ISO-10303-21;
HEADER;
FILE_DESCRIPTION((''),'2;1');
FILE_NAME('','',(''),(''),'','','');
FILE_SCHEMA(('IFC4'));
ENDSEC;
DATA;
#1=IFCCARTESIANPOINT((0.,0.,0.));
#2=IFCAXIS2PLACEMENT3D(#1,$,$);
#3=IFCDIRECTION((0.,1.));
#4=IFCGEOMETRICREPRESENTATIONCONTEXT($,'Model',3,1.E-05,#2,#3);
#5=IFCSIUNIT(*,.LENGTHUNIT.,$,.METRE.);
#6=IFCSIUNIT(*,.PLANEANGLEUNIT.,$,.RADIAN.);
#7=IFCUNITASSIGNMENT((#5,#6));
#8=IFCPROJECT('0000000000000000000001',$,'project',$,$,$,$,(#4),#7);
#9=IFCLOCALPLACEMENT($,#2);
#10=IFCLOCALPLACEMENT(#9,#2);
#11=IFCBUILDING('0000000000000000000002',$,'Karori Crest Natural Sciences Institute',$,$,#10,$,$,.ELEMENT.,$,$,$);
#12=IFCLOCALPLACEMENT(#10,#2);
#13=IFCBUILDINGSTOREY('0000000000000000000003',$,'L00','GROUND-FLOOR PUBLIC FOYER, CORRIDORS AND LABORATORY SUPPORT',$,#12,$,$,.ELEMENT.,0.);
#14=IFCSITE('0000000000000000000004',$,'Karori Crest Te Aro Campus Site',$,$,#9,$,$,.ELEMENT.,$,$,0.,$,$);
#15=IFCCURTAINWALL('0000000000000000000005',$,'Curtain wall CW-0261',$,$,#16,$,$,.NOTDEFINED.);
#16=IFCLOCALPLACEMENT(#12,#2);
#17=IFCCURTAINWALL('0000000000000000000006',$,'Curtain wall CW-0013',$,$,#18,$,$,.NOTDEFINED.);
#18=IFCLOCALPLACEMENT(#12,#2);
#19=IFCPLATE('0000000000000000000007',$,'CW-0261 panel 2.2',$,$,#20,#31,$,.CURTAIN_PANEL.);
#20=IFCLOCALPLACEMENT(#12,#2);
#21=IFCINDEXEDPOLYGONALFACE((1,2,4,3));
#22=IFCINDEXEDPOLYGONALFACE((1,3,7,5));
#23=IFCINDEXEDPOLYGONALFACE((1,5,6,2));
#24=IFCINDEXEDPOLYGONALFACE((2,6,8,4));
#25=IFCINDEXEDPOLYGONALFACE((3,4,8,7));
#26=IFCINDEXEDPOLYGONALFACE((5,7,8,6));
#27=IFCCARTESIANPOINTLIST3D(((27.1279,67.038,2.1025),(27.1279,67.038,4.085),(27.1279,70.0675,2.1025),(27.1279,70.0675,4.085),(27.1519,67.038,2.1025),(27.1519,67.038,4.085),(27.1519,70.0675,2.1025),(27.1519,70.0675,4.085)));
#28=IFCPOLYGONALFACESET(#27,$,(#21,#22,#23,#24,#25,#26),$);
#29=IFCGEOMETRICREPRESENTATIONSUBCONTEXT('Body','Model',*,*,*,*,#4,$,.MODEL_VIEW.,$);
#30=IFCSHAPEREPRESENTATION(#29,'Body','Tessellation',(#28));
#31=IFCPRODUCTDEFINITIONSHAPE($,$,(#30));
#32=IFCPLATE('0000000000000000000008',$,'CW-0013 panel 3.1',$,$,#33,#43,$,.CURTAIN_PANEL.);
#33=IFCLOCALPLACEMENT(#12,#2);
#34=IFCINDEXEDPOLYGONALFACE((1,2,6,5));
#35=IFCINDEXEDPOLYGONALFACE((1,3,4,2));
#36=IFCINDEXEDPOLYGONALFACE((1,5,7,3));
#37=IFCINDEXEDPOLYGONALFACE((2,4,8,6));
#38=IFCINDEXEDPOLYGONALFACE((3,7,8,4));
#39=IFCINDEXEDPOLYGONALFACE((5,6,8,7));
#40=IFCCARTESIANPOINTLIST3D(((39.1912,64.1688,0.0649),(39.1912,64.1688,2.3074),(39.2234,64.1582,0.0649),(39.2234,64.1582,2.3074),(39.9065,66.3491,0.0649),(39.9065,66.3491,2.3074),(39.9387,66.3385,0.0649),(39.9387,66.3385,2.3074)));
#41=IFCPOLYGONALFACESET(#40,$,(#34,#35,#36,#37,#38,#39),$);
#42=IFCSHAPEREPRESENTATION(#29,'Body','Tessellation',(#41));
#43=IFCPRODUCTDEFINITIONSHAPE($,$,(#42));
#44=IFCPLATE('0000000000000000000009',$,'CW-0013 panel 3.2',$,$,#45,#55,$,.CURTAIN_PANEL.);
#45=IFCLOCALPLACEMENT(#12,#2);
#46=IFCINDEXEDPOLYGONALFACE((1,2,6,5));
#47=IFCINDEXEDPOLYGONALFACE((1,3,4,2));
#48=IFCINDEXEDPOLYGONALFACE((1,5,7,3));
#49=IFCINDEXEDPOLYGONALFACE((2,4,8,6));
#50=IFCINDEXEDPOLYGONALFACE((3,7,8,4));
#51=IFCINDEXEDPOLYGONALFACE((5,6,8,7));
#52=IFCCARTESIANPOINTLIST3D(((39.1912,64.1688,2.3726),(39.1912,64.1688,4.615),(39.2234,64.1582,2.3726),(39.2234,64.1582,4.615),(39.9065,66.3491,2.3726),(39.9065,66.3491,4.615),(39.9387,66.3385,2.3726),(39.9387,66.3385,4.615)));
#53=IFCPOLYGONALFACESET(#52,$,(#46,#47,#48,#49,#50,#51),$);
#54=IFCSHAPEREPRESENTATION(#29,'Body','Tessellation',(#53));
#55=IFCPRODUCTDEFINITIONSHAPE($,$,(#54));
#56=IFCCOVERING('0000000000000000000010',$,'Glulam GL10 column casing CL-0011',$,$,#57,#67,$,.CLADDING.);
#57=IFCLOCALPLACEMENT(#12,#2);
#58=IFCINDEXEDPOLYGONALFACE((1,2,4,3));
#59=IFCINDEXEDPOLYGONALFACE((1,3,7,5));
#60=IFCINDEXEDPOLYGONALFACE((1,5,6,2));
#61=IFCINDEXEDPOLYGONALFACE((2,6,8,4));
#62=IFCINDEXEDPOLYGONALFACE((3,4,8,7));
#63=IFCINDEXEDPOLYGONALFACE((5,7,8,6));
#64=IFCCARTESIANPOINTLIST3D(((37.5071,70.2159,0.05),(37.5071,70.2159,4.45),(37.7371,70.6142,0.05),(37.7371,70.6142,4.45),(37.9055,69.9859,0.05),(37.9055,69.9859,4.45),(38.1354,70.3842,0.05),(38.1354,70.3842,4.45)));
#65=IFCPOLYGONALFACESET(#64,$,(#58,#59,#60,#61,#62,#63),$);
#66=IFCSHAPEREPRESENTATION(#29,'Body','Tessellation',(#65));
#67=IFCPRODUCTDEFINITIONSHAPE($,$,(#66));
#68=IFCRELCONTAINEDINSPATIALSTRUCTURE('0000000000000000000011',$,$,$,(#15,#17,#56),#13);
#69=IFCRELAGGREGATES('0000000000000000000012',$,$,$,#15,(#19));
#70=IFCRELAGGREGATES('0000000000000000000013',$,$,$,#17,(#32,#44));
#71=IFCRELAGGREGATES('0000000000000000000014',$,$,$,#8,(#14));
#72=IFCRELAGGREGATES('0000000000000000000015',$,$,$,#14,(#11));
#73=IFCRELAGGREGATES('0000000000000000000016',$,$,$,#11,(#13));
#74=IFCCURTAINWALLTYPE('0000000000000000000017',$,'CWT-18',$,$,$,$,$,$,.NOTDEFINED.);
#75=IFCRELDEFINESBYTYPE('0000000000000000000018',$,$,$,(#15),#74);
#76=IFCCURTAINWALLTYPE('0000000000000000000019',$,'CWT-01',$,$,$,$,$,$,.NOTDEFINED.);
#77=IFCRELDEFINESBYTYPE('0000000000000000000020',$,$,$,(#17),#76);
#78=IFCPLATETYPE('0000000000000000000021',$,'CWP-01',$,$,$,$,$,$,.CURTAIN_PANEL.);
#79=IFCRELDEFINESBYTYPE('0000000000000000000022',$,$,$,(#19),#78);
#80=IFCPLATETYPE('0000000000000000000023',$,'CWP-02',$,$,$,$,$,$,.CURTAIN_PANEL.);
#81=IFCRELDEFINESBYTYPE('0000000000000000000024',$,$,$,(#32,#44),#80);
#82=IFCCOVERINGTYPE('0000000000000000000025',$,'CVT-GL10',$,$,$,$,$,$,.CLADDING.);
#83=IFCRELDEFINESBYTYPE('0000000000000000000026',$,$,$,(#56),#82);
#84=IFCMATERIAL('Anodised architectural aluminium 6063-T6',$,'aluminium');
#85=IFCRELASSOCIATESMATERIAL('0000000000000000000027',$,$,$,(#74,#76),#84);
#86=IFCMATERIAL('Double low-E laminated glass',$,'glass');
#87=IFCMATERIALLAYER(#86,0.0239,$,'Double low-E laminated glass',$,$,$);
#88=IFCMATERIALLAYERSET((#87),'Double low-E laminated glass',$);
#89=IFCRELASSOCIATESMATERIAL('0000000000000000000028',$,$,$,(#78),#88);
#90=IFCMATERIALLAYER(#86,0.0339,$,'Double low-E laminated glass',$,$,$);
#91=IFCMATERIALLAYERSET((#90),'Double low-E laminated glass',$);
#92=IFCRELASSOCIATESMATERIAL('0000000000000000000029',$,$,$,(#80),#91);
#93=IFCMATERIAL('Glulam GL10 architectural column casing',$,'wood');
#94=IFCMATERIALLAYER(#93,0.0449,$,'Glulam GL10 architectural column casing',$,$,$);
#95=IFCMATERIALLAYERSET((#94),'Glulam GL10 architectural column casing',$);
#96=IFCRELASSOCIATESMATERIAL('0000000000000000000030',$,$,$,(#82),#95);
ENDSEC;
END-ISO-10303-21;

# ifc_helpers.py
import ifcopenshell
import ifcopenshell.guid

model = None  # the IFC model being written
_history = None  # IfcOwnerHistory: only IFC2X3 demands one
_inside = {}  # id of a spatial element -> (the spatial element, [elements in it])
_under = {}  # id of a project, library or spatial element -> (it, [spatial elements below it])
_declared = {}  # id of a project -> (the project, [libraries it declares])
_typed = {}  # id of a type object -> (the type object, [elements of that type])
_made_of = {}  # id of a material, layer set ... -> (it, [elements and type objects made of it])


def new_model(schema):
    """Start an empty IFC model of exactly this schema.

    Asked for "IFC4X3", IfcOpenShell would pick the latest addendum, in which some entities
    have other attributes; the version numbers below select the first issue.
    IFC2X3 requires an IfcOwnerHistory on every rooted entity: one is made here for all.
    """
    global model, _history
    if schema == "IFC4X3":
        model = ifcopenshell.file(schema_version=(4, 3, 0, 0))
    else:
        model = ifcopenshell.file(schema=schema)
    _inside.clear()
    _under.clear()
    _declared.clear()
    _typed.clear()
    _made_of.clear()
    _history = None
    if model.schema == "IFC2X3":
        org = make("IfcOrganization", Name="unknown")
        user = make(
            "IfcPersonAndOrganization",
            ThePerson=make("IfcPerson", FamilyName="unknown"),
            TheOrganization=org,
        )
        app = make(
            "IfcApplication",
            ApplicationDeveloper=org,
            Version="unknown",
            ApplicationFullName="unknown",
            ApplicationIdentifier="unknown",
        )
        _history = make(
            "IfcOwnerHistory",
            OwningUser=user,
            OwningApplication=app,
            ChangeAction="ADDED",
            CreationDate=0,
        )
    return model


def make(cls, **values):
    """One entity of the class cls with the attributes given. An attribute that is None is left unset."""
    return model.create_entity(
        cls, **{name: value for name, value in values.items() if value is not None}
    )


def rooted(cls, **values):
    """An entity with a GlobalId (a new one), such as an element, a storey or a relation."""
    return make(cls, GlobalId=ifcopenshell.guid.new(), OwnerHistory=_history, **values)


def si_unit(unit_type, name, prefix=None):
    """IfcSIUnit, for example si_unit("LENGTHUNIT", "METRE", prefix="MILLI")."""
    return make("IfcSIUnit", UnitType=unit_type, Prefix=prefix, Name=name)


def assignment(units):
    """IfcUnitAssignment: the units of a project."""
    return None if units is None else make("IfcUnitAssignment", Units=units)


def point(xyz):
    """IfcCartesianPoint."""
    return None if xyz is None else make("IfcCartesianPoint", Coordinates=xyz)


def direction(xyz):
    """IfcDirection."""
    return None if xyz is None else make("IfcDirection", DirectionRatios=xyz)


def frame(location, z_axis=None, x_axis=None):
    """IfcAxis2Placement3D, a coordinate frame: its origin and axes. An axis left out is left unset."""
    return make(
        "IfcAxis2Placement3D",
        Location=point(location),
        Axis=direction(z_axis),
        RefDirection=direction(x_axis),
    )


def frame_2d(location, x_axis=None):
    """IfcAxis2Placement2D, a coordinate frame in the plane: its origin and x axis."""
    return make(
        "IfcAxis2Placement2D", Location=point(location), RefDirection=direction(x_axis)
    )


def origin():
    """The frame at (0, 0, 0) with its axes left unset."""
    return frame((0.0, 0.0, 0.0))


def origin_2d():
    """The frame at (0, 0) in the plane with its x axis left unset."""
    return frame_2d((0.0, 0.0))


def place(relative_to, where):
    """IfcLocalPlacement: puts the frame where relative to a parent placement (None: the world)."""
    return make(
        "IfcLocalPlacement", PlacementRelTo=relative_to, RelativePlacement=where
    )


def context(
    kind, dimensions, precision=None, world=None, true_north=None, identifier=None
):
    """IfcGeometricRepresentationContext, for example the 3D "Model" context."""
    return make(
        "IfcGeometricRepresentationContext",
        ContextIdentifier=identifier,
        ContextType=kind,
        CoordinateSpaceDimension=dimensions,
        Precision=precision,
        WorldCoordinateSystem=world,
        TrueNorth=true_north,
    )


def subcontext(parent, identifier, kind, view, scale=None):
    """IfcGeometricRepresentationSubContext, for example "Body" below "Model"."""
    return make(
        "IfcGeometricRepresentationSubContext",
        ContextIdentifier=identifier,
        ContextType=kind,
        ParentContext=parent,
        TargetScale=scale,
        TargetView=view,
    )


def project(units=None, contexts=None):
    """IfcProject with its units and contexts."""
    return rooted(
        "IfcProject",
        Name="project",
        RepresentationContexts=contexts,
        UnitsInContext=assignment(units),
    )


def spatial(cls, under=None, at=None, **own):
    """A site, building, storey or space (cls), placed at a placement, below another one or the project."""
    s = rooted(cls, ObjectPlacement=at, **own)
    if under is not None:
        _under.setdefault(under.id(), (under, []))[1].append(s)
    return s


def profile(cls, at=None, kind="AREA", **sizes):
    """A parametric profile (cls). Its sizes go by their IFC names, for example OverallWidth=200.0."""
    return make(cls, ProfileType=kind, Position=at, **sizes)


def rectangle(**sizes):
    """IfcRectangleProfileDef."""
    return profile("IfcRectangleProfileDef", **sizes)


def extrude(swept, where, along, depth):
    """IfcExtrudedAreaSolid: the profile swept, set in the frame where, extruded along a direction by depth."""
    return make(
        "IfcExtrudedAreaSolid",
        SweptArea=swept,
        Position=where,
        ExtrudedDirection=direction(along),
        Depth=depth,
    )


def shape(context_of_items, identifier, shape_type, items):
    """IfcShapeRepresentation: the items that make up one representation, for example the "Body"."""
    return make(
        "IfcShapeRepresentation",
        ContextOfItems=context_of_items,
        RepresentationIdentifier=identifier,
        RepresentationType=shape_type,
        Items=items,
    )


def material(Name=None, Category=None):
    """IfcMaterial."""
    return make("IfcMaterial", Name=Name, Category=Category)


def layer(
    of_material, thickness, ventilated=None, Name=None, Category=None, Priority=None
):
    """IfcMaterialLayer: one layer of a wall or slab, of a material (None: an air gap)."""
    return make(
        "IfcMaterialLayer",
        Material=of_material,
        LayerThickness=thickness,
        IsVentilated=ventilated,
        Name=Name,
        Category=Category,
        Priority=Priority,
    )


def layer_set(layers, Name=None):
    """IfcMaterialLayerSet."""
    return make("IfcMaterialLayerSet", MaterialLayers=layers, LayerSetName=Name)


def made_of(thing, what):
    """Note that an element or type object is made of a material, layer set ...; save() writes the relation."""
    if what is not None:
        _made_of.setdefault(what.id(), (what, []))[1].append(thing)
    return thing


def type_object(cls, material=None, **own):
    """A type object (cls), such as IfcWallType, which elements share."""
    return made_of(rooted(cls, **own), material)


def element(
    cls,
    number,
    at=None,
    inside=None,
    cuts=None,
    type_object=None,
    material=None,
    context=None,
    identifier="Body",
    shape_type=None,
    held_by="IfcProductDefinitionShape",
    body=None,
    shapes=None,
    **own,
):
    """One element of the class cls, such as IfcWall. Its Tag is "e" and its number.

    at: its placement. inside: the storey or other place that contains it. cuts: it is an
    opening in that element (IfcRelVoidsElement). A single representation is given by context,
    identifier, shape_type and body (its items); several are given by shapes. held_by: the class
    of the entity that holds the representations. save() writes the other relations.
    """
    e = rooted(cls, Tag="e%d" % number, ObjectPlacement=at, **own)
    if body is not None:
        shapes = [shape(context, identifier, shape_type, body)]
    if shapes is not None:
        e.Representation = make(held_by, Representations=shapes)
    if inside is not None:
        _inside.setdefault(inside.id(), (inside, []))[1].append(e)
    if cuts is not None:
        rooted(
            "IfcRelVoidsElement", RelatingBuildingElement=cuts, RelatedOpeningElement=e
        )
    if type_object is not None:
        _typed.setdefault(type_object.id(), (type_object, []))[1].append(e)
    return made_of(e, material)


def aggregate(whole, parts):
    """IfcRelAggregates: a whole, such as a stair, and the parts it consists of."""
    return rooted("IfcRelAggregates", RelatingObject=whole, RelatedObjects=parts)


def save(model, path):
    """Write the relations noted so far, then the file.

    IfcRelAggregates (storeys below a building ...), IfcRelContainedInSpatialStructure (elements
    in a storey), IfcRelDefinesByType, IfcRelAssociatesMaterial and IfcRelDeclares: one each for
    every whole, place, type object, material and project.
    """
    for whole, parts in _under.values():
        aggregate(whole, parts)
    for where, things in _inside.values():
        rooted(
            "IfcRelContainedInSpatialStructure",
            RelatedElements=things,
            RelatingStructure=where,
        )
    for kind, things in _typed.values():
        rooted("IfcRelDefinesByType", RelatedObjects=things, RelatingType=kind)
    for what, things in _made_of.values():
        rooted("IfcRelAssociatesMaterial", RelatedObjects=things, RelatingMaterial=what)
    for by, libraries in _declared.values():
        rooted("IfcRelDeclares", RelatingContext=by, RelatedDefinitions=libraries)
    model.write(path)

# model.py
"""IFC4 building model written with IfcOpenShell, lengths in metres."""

from ifc_helpers import new_model, si_unit, direction, frame, origin, origin_2d, place, context, subcontext, project, spatial, rectangle, extrude, material, layer, layer_set, type_object, element, aggregate, save


model = new_model("IFC4")

# Units and contexts
model_context = context("Model", 3, precision=1e-05, world=origin(), true_north=direction((0.0, 1.0)))
body_context = subcontext(model_context, "Body", "Model", "MODEL_VIEW")
ifc_project = project(units=[si_unit("LENGTHUNIT", "METRE"), si_unit("PLANEANGLEUNIT", "RADIAN")], contexts=[model_context])

# Site, building, storey
site_placement = place(None, origin())
site = spatial("IfcSite", under=ifc_project, at=site_placement, Name="Karori Crest Te Aro Campus Site", CompositionType="ELEMENT", RefElevation=0.0)
building_placement = place(site_placement, origin())
building = spatial("IfcBuilding", under=site, at=building_placement, Name="Karori Crest Natural Sciences Institute", CompositionType="ELEMENT")
storey_placement = place(building_placement, origin())
storey = spatial("IfcBuildingStorey", under=building, at=storey_placement, Name="L00", Description="GROUND-FLOOR PUBLIC FOYER, CORRIDORS AND LABORATORY SUPPORT", CompositionType="ELEMENT", Elevation=0.0)

# Curtain wall
ifc_material_1 = material(Name="Anodised architectural aluminium 6063-T6", Category="aluminium")
curtain_wall_type_1 = type_object("IfcCurtainWallType", Name="CWT-18", PredefinedType="NOTDEFINED", material=ifc_material_1)
curtain_wall_1_placement = place(storey_placement, origin())
curtain_wall_1 = element("IfcCurtainWall", 1, at=curtain_wall_1_placement, inside=storey, type_object=curtain_wall_type_1, Name="Curtain wall CW-0261", PredefinedType="NOTDEFINED")

# Curtain wall
curtain_wall_type_2 = type_object("IfcCurtainWallType", Name="CWT-01", PredefinedType="NOTDEFINED", material=ifc_material_1)
curtain_wall_2_placement = place(storey_placement, origin())
curtain_wall_2 = element("IfcCurtainWall", 2, at=curtain_wall_2_placement, inside=storey, type_object=curtain_wall_type_2, Name="Curtain wall CW-0013", PredefinedType="NOTDEFINED")

# Plates
ifc_material_2 = material(Name="Double low-E laminated glass", Category="glass")
ifc_layer_1 = layer(ifc_material_2, 0.0239, Name="Double low-E laminated glass")
ifc_layer_set_1 = layer_set([ifc_layer_1], Name="Double low-E laminated glass")
plate_type_1 = type_object("IfcPlateType", Name="CWP-01", PredefinedType="CURTAIN_PANEL", material=ifc_layer_set_1)
plate_1_placement = place(storey_placement, frame((27.1399, 68.5527, 2.1025), z_axis=(0.0, 0.0, 1.0), x_axis=(0.0, -1.0, 0.0)))
plate_1 = element("IfcPlate", 3, at=plate_1_placement, type_object=plate_type_1, Name="CW-0261 panel 2.2", PredefinedType="CURTAIN_PANEL", context=body_context, shape_type="SweptSolid", body=[
    extrude(rectangle(XDim=3.0295, YDim=0.0239, at=origin_2d()), origin(), (0.0, 0.0, 1.0), 1.9824),
])
aggregate(curtain_wall_1, [plate_1])
ifc_layer_2 = layer(ifc_material_2, 0.0339, Name="Double low-E laminated glass")
ifc_layer_set_2 = layer_set([ifc_layer_2], Name="Double low-E laminated glass")
plate_type_2 = type_object("IfcPlateType", Name="CWP-02", PredefinedType="CURTAIN_PANEL", material=ifc_layer_set_2)
plate_2_placement = place(storey_placement, frame((39.5649, 65.2537, 0.0649), z_axis=(0.0, 0.0, 1.0), x_axis=(0.311714, 0.950176, 0.0)))
plate_2 = element("IfcPlate", 4, at=plate_2_placement, type_object=plate_type_2, Name="CW-0013 panel 3.1", PredefinedType="CURTAIN_PANEL", context=body_context, shape_type="SweptSolid", body=[
    extrude(rectangle(XDim=2.2947, YDim=0.0339, at=origin_2d()), origin(), (0.0, 0.0, 1.0), 2.2424),
])
plate_3_placement = place(storey_placement, frame((39.5649, 65.2537, 2.3726), z_axis=(0.0, 0.0, 1.0), x_axis=(0.311714, 0.950176, 0.0)))
plate_3 = element("IfcPlate", 5, at=plate_3_placement, type_object=plate_type_2, Name="CW-0013 panel 3.2", PredefinedType="CURTAIN_PANEL", context=body_context, shape_type="SweptSolid", body=[
    extrude(rectangle(XDim=2.2947, YDim=0.0339, at=origin_2d()), origin(), (0.0, 0.0, 1.0), 2.2424),
])
aggregate(curtain_wall_2, [plate_2, plate_3])

# Covering
ifc_material_3 = material(Name="Glulam GL10 architectural column casing", Category="wood")
ifc_layer_3 = layer(ifc_material_3, 0.0449, Name="Glulam GL10 architectural column casing")
ifc_layer_set_3 = layer_set([ifc_layer_3], Name="Glulam GL10 architectural column casing")
covering_type = type_object("IfcCoveringType", Name="CVT-GL10", PredefinedType="CLADDING", material=ifc_layer_set_3)
covering_placement = place(storey_placement, frame((37.8213, 70.3, 0.05), z_axis=(0.0, 0.0, 1.0), x_axis=(-0.866025, 0.5, 0.0)))
element("IfcCovering", 6, at=covering_placement, inside=storey, type_object=covering_type, Name="Glulam GL10 column casing CL-0011", PredefinedType="CLADDING", context=body_context, shape_type="SweptSolid", body=[
    extrude(rectangle(XDim=0.46, YDim=0.46, at=origin_2d()), origin(), (0.0, 0.0, 1.0), 4.3999),
])

save(model, "model.ifc")
